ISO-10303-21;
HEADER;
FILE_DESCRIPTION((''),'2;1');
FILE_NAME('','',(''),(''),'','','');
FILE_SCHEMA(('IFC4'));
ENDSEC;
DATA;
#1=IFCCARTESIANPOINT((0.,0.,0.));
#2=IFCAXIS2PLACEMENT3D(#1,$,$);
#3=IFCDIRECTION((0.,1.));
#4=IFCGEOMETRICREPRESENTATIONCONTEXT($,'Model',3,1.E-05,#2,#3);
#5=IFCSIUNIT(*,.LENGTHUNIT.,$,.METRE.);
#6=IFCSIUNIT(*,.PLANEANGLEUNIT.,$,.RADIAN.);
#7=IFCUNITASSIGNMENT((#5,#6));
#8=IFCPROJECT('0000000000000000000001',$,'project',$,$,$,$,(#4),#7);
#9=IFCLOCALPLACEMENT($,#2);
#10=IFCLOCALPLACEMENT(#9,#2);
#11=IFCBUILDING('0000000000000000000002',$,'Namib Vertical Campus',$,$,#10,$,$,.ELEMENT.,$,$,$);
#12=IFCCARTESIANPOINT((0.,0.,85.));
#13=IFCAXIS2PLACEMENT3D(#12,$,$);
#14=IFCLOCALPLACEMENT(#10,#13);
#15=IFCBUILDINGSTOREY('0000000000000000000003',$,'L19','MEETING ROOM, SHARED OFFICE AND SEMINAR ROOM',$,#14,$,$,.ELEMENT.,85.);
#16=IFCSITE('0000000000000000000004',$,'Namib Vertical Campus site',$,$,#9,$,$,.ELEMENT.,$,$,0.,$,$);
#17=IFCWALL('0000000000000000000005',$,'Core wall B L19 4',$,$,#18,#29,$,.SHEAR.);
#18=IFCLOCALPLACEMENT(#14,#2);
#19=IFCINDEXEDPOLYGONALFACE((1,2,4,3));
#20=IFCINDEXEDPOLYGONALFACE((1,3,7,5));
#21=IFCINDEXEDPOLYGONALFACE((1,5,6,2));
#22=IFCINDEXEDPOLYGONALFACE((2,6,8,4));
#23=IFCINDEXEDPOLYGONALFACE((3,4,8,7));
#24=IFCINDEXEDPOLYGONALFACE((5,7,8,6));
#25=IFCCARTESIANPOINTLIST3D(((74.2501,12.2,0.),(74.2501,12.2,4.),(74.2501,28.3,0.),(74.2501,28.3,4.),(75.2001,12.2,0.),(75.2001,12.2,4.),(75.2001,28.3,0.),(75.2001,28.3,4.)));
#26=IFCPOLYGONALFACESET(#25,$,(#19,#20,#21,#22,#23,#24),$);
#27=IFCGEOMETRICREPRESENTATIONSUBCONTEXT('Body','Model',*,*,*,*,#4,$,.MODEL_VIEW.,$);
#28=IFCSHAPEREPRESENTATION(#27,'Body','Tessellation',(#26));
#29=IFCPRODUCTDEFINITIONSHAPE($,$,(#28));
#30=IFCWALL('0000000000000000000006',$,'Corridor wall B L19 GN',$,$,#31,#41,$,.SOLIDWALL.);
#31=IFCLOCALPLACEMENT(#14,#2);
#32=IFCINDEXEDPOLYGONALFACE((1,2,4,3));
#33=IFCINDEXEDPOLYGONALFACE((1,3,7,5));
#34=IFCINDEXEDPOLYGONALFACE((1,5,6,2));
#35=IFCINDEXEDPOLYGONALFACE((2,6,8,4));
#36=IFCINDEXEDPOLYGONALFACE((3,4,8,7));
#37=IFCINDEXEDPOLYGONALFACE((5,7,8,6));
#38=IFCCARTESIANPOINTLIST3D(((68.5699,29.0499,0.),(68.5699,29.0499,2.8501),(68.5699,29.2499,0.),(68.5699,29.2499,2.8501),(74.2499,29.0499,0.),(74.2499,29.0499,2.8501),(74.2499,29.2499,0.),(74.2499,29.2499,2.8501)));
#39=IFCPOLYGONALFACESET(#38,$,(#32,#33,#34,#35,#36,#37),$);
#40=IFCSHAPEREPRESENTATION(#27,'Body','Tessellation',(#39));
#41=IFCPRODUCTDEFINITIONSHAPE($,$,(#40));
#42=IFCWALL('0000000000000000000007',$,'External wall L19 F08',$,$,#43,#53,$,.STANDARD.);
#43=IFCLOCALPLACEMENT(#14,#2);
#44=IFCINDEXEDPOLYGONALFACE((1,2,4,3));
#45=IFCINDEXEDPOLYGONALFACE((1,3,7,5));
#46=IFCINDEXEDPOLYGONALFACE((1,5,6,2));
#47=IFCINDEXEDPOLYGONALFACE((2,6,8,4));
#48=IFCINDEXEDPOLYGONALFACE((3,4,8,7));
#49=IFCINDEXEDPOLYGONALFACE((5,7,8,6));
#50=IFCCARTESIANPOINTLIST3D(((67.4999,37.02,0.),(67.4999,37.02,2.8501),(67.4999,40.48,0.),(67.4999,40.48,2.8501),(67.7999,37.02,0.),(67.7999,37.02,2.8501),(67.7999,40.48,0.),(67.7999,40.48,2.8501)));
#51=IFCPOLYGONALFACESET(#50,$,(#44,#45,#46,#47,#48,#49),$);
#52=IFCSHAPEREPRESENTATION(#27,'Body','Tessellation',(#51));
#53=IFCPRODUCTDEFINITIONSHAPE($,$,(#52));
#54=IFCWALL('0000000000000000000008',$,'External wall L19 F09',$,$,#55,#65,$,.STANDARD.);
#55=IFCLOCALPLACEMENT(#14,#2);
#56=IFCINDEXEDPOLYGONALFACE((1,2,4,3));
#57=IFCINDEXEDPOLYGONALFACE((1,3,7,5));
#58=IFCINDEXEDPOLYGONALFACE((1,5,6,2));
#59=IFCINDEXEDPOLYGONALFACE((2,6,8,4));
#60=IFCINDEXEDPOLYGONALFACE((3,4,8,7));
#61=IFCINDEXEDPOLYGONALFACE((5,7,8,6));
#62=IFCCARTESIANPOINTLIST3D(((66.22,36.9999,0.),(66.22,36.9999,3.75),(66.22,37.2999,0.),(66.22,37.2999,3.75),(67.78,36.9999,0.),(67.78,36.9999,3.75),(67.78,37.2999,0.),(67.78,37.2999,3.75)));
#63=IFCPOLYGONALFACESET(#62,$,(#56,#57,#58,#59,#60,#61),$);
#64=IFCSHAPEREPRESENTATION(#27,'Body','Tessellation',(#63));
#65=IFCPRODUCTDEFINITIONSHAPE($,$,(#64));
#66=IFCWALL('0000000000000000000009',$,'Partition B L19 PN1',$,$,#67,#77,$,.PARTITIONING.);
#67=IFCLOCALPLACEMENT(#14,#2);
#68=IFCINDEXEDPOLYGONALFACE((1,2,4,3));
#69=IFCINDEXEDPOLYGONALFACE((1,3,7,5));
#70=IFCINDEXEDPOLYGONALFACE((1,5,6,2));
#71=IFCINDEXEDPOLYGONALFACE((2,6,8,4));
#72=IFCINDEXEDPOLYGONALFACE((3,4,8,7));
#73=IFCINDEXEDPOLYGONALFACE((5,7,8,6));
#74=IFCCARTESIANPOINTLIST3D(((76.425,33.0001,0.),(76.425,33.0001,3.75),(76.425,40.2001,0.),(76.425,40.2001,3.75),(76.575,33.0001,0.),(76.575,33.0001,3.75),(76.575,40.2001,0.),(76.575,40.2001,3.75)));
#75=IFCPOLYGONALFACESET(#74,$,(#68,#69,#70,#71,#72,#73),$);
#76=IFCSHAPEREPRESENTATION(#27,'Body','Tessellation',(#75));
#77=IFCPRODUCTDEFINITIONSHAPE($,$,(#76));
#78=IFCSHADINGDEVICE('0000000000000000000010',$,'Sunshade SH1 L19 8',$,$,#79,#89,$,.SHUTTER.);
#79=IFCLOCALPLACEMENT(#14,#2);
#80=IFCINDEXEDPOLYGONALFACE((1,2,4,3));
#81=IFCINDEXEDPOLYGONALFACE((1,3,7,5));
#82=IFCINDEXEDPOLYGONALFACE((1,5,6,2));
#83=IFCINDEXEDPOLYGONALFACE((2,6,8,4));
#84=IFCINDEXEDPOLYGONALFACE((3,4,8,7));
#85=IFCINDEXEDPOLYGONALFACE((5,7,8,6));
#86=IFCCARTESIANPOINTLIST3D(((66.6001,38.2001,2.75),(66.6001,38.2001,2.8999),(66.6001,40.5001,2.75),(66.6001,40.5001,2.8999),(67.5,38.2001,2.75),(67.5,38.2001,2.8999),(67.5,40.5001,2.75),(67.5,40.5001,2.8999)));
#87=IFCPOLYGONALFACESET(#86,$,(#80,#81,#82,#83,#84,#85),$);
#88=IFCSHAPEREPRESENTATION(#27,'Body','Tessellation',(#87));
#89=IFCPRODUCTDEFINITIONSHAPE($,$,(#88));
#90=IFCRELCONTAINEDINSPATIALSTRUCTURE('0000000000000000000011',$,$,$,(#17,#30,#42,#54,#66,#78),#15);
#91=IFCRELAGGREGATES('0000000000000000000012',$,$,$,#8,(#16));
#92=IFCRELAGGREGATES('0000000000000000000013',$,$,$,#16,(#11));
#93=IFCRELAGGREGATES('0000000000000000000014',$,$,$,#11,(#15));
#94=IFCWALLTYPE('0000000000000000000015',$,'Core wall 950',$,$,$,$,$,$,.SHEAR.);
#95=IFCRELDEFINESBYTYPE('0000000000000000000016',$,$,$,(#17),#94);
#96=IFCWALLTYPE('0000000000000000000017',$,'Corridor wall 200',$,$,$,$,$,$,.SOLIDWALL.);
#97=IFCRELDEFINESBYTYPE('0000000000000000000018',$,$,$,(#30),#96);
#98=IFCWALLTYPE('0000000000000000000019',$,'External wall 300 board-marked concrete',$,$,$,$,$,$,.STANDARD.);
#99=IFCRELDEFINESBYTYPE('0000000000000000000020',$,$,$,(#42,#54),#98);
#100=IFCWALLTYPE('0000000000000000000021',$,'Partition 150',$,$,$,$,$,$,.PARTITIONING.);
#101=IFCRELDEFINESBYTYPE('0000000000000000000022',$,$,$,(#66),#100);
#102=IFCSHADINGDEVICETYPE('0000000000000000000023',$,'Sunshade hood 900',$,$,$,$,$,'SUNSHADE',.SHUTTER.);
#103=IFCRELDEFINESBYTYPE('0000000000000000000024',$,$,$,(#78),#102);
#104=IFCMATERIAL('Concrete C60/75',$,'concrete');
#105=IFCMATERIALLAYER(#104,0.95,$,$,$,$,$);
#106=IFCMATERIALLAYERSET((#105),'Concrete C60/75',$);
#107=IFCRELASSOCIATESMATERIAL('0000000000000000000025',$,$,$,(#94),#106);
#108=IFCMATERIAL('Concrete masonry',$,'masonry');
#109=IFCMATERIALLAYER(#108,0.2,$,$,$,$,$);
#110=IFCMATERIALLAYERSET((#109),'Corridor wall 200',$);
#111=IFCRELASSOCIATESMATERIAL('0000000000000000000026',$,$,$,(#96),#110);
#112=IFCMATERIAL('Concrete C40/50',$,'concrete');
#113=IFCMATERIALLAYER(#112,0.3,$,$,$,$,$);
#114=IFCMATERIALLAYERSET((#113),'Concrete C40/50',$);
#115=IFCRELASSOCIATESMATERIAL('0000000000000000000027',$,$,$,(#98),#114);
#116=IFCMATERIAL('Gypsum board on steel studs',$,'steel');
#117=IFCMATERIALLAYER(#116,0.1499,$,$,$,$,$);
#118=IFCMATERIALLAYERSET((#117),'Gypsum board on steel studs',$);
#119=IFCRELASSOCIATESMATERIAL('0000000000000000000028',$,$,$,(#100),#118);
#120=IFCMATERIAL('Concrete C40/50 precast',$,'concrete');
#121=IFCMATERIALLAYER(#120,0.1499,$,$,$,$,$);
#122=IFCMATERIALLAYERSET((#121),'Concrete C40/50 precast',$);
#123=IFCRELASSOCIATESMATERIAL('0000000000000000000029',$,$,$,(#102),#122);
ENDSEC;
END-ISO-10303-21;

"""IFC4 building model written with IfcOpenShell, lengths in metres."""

from ifc_helpers import new_model, si_unit, direction, frame, frame_2d, origin, origin_2d, place, context, subcontext, project, spatial, rectangle, extrude, material, layer, layer_set, type_object, element, save


model = new_model("IFC4")

# Units and contexts
model_context = context("Model", 3, precision=1e-05, world=origin(), true_north=direction((0.0, 1.0)))
body_context = subcontext(model_context, "Body", "Model", "MODEL_VIEW")
ifc_project = project(units=[si_unit("LENGTHUNIT", "METRE"), si_unit("PLANEANGLEUNIT", "RADIAN")], contexts=[model_context])

# Site, building, storey
site_placement = place(None, origin())
site = spatial("IfcSite", under=ifc_project, at=site_placement, Name="Namib Vertical Campus site", CompositionType="ELEMENT", RefElevation=0.0)
building_placement = place(site_placement, origin())
building = spatial("IfcBuilding", under=site, at=building_placement, Name="Namib Vertical Campus", CompositionType="ELEMENT")
storey_placement = place(building_placement, frame((0.0, 0.0, 85.0)))
storey = spatial("IfcBuildingStorey", under=building, at=storey_placement, Name="L19", Description="MEETING ROOM, SHARED OFFICE AND SEMINAR ROOM", CompositionType="ELEMENT", Elevation=85.0)

# Walls
ifc_material_1 = material(Name="Concrete C60/75", Category="concrete")
ifc_layer_1 = layer(ifc_material_1, 0.95)
ifc_layer_set_1 = layer_set([ifc_layer_1], Name="Concrete C60/75")
wall_type_1 = type_object("IfcWallType", Name="Core wall 950", PredefinedType="SHEAR", material=ifc_layer_set_1)
wall_1_placement = place(storey_placement, frame((74.7251, 28.3, 0.0), z_axis=(0.0, 0.0, 1.0), x_axis=(0.0, -1.0, 0.0)))
element("IfcWall", 1, at=wall_1_placement, inside=storey, type_object=wall_type_1, Name="Core wall B L19 4", PredefinedType="SHEAR", context=body_context, shape_type="SweptSolid", body=[
    extrude(rectangle(XDim=16.1001, YDim=0.95, at=frame_2d((8.05, 0.0))), origin(), (0.0, 0.0, 1.0), 4.0),
])
ifc_material_2 = material(Name="Concrete masonry", Category="masonry")
ifc_layer_2 = layer(ifc_material_2, 0.2)
ifc_layer_set_2 = layer_set([ifc_layer_2], Name="Corridor wall 200")
wall_type_2 = type_object("IfcWallType", Name="Corridor wall 200", PredefinedType="SOLIDWALL", material=ifc_layer_set_2)
wall_2_placement = place(storey_placement, frame((68.5701, 29.1499, 0.0), z_axis=(0.0, 0.0, 1.0), x_axis=(1.0, 0.0, 0.0)))
element("IfcWall", 2, at=wall_2_placement, inside=storey, type_object=wall_type_2, Name="Corridor wall B L19 GN", PredefinedType="SOLIDWALL", context=body_context, shape_type="SweptSolid", body=[
    extrude(rectangle(XDim=5.6799, YDim=0.2, at=frame_2d((2.8398, 0.0))), origin(), (0.0, 0.0, 1.0), 2.8501),
])
ifc_material_3 = material(Name="Concrete C40/50", Category="concrete")
ifc_layer_3 = layer(ifc_material_3, 0.3)
ifc_layer_set_3 = layer_set([ifc_layer_3], Name="Concrete C40/50")
wall_type_3 = type_object("IfcWallType", Name="External wall 300 board-marked concrete", PredefinedType="STANDARD", material=ifc_layer_set_3)
wall_3_placement = place(storey_placement, frame((67.6499, 40.48, 0.0), z_axis=(0.0, 0.0, 1.0), x_axis=(0.0, -1.0, 0.0)))
element("IfcWall", 3, at=wall_3_placement, inside=storey, type_object=wall_type_3, Name="External wall L19 F08", PredefinedType="STANDARD", context=body_context, shape_type="SweptSolid", body=[
    extrude(rectangle(XDim=3.46, YDim=0.3, at=frame_2d((1.73, 0.0))), origin(), (0.0, 0.0, 1.0), 2.8501),
])
wall_4_placement = place(storey_placement, frame((67.78, 37.1499, 0.0), z_axis=(0.0, 0.0, 1.0), x_axis=(-1.0, 0.0, 0.0)))
element("IfcWall", 4, at=wall_4_placement, inside=storey, type_object=wall_type_3, Name="External wall L19 F09", PredefinedType="STANDARD", context=body_context, shape_type="SweptSolid", body=[
    extrude(rectangle(XDim=1.5601, YDim=0.3, at=frame_2d((0.78, 0.0))), origin(), (0.0, 0.0, 1.0), 3.75),
])
ifc_material_4 = material(Name="Gypsum board on steel studs", Category="steel")
ifc_layer_4 = layer(ifc_material_4, 0.1499)
ifc_layer_set_4 = layer_set([ifc_layer_4], Name="Gypsum board on steel studs")
wall_type_4 = type_object("IfcWallType", Name="Partition 150", PredefinedType="PARTITIONING", material=ifc_layer_set_4)
wall_5_placement = place(storey_placement, frame((76.5, 33.0, 0.0), z_axis=(0.0, 0.0, 1.0), x_axis=(0.0, 1.0, 0.0)))
element("IfcWall", 5, at=wall_5_placement, inside=storey, type_object=wall_type_4, Name="Partition B L19 PN1", PredefinedType="PARTITIONING", context=body_context, shape_type="SweptSolid", body=[
    extrude(rectangle(XDim=7.2, YDim=0.1499, at=frame_2d((3.6001, 0.0))), origin(), (0.0, 0.0, 1.0), 3.75),
])

# Shading device
ifc_material_5 = material(Name="Concrete C40/50 precast", Category="concrete")
ifc_layer_5 = layer(ifc_material_5, 0.1499)
ifc_layer_set_5 = layer_set([ifc_layer_5], Name="Concrete C40/50 precast")
shading_device_type = type_object("IfcShadingDeviceType", Name="Sunshade hood 900", ElementType="SUNSHADE", PredefinedType="SHUTTER", material=ifc_layer_set_5)
shading_device_placement = place(storey_placement, frame((67.05, 39.3501, 2.75), z_axis=(0.0, 0.0, 1.0), x_axis=(0.0, -1.0, 0.0)))
element("IfcShadingDevice", 6, at=shading_device_placement, inside=storey, type_object=shading_device_type, Name="Sunshade SH1 L19 8", PredefinedType="SHUTTER", context=body_context, shape_type="SweptSolid", body=[
    extrude(rectangle(XDim=2.3, YDim=0.8999, at=origin_2d()), origin(), (0.0, 0.0, 1.0), 0.1499),
])

save(model, "model.ifc")
